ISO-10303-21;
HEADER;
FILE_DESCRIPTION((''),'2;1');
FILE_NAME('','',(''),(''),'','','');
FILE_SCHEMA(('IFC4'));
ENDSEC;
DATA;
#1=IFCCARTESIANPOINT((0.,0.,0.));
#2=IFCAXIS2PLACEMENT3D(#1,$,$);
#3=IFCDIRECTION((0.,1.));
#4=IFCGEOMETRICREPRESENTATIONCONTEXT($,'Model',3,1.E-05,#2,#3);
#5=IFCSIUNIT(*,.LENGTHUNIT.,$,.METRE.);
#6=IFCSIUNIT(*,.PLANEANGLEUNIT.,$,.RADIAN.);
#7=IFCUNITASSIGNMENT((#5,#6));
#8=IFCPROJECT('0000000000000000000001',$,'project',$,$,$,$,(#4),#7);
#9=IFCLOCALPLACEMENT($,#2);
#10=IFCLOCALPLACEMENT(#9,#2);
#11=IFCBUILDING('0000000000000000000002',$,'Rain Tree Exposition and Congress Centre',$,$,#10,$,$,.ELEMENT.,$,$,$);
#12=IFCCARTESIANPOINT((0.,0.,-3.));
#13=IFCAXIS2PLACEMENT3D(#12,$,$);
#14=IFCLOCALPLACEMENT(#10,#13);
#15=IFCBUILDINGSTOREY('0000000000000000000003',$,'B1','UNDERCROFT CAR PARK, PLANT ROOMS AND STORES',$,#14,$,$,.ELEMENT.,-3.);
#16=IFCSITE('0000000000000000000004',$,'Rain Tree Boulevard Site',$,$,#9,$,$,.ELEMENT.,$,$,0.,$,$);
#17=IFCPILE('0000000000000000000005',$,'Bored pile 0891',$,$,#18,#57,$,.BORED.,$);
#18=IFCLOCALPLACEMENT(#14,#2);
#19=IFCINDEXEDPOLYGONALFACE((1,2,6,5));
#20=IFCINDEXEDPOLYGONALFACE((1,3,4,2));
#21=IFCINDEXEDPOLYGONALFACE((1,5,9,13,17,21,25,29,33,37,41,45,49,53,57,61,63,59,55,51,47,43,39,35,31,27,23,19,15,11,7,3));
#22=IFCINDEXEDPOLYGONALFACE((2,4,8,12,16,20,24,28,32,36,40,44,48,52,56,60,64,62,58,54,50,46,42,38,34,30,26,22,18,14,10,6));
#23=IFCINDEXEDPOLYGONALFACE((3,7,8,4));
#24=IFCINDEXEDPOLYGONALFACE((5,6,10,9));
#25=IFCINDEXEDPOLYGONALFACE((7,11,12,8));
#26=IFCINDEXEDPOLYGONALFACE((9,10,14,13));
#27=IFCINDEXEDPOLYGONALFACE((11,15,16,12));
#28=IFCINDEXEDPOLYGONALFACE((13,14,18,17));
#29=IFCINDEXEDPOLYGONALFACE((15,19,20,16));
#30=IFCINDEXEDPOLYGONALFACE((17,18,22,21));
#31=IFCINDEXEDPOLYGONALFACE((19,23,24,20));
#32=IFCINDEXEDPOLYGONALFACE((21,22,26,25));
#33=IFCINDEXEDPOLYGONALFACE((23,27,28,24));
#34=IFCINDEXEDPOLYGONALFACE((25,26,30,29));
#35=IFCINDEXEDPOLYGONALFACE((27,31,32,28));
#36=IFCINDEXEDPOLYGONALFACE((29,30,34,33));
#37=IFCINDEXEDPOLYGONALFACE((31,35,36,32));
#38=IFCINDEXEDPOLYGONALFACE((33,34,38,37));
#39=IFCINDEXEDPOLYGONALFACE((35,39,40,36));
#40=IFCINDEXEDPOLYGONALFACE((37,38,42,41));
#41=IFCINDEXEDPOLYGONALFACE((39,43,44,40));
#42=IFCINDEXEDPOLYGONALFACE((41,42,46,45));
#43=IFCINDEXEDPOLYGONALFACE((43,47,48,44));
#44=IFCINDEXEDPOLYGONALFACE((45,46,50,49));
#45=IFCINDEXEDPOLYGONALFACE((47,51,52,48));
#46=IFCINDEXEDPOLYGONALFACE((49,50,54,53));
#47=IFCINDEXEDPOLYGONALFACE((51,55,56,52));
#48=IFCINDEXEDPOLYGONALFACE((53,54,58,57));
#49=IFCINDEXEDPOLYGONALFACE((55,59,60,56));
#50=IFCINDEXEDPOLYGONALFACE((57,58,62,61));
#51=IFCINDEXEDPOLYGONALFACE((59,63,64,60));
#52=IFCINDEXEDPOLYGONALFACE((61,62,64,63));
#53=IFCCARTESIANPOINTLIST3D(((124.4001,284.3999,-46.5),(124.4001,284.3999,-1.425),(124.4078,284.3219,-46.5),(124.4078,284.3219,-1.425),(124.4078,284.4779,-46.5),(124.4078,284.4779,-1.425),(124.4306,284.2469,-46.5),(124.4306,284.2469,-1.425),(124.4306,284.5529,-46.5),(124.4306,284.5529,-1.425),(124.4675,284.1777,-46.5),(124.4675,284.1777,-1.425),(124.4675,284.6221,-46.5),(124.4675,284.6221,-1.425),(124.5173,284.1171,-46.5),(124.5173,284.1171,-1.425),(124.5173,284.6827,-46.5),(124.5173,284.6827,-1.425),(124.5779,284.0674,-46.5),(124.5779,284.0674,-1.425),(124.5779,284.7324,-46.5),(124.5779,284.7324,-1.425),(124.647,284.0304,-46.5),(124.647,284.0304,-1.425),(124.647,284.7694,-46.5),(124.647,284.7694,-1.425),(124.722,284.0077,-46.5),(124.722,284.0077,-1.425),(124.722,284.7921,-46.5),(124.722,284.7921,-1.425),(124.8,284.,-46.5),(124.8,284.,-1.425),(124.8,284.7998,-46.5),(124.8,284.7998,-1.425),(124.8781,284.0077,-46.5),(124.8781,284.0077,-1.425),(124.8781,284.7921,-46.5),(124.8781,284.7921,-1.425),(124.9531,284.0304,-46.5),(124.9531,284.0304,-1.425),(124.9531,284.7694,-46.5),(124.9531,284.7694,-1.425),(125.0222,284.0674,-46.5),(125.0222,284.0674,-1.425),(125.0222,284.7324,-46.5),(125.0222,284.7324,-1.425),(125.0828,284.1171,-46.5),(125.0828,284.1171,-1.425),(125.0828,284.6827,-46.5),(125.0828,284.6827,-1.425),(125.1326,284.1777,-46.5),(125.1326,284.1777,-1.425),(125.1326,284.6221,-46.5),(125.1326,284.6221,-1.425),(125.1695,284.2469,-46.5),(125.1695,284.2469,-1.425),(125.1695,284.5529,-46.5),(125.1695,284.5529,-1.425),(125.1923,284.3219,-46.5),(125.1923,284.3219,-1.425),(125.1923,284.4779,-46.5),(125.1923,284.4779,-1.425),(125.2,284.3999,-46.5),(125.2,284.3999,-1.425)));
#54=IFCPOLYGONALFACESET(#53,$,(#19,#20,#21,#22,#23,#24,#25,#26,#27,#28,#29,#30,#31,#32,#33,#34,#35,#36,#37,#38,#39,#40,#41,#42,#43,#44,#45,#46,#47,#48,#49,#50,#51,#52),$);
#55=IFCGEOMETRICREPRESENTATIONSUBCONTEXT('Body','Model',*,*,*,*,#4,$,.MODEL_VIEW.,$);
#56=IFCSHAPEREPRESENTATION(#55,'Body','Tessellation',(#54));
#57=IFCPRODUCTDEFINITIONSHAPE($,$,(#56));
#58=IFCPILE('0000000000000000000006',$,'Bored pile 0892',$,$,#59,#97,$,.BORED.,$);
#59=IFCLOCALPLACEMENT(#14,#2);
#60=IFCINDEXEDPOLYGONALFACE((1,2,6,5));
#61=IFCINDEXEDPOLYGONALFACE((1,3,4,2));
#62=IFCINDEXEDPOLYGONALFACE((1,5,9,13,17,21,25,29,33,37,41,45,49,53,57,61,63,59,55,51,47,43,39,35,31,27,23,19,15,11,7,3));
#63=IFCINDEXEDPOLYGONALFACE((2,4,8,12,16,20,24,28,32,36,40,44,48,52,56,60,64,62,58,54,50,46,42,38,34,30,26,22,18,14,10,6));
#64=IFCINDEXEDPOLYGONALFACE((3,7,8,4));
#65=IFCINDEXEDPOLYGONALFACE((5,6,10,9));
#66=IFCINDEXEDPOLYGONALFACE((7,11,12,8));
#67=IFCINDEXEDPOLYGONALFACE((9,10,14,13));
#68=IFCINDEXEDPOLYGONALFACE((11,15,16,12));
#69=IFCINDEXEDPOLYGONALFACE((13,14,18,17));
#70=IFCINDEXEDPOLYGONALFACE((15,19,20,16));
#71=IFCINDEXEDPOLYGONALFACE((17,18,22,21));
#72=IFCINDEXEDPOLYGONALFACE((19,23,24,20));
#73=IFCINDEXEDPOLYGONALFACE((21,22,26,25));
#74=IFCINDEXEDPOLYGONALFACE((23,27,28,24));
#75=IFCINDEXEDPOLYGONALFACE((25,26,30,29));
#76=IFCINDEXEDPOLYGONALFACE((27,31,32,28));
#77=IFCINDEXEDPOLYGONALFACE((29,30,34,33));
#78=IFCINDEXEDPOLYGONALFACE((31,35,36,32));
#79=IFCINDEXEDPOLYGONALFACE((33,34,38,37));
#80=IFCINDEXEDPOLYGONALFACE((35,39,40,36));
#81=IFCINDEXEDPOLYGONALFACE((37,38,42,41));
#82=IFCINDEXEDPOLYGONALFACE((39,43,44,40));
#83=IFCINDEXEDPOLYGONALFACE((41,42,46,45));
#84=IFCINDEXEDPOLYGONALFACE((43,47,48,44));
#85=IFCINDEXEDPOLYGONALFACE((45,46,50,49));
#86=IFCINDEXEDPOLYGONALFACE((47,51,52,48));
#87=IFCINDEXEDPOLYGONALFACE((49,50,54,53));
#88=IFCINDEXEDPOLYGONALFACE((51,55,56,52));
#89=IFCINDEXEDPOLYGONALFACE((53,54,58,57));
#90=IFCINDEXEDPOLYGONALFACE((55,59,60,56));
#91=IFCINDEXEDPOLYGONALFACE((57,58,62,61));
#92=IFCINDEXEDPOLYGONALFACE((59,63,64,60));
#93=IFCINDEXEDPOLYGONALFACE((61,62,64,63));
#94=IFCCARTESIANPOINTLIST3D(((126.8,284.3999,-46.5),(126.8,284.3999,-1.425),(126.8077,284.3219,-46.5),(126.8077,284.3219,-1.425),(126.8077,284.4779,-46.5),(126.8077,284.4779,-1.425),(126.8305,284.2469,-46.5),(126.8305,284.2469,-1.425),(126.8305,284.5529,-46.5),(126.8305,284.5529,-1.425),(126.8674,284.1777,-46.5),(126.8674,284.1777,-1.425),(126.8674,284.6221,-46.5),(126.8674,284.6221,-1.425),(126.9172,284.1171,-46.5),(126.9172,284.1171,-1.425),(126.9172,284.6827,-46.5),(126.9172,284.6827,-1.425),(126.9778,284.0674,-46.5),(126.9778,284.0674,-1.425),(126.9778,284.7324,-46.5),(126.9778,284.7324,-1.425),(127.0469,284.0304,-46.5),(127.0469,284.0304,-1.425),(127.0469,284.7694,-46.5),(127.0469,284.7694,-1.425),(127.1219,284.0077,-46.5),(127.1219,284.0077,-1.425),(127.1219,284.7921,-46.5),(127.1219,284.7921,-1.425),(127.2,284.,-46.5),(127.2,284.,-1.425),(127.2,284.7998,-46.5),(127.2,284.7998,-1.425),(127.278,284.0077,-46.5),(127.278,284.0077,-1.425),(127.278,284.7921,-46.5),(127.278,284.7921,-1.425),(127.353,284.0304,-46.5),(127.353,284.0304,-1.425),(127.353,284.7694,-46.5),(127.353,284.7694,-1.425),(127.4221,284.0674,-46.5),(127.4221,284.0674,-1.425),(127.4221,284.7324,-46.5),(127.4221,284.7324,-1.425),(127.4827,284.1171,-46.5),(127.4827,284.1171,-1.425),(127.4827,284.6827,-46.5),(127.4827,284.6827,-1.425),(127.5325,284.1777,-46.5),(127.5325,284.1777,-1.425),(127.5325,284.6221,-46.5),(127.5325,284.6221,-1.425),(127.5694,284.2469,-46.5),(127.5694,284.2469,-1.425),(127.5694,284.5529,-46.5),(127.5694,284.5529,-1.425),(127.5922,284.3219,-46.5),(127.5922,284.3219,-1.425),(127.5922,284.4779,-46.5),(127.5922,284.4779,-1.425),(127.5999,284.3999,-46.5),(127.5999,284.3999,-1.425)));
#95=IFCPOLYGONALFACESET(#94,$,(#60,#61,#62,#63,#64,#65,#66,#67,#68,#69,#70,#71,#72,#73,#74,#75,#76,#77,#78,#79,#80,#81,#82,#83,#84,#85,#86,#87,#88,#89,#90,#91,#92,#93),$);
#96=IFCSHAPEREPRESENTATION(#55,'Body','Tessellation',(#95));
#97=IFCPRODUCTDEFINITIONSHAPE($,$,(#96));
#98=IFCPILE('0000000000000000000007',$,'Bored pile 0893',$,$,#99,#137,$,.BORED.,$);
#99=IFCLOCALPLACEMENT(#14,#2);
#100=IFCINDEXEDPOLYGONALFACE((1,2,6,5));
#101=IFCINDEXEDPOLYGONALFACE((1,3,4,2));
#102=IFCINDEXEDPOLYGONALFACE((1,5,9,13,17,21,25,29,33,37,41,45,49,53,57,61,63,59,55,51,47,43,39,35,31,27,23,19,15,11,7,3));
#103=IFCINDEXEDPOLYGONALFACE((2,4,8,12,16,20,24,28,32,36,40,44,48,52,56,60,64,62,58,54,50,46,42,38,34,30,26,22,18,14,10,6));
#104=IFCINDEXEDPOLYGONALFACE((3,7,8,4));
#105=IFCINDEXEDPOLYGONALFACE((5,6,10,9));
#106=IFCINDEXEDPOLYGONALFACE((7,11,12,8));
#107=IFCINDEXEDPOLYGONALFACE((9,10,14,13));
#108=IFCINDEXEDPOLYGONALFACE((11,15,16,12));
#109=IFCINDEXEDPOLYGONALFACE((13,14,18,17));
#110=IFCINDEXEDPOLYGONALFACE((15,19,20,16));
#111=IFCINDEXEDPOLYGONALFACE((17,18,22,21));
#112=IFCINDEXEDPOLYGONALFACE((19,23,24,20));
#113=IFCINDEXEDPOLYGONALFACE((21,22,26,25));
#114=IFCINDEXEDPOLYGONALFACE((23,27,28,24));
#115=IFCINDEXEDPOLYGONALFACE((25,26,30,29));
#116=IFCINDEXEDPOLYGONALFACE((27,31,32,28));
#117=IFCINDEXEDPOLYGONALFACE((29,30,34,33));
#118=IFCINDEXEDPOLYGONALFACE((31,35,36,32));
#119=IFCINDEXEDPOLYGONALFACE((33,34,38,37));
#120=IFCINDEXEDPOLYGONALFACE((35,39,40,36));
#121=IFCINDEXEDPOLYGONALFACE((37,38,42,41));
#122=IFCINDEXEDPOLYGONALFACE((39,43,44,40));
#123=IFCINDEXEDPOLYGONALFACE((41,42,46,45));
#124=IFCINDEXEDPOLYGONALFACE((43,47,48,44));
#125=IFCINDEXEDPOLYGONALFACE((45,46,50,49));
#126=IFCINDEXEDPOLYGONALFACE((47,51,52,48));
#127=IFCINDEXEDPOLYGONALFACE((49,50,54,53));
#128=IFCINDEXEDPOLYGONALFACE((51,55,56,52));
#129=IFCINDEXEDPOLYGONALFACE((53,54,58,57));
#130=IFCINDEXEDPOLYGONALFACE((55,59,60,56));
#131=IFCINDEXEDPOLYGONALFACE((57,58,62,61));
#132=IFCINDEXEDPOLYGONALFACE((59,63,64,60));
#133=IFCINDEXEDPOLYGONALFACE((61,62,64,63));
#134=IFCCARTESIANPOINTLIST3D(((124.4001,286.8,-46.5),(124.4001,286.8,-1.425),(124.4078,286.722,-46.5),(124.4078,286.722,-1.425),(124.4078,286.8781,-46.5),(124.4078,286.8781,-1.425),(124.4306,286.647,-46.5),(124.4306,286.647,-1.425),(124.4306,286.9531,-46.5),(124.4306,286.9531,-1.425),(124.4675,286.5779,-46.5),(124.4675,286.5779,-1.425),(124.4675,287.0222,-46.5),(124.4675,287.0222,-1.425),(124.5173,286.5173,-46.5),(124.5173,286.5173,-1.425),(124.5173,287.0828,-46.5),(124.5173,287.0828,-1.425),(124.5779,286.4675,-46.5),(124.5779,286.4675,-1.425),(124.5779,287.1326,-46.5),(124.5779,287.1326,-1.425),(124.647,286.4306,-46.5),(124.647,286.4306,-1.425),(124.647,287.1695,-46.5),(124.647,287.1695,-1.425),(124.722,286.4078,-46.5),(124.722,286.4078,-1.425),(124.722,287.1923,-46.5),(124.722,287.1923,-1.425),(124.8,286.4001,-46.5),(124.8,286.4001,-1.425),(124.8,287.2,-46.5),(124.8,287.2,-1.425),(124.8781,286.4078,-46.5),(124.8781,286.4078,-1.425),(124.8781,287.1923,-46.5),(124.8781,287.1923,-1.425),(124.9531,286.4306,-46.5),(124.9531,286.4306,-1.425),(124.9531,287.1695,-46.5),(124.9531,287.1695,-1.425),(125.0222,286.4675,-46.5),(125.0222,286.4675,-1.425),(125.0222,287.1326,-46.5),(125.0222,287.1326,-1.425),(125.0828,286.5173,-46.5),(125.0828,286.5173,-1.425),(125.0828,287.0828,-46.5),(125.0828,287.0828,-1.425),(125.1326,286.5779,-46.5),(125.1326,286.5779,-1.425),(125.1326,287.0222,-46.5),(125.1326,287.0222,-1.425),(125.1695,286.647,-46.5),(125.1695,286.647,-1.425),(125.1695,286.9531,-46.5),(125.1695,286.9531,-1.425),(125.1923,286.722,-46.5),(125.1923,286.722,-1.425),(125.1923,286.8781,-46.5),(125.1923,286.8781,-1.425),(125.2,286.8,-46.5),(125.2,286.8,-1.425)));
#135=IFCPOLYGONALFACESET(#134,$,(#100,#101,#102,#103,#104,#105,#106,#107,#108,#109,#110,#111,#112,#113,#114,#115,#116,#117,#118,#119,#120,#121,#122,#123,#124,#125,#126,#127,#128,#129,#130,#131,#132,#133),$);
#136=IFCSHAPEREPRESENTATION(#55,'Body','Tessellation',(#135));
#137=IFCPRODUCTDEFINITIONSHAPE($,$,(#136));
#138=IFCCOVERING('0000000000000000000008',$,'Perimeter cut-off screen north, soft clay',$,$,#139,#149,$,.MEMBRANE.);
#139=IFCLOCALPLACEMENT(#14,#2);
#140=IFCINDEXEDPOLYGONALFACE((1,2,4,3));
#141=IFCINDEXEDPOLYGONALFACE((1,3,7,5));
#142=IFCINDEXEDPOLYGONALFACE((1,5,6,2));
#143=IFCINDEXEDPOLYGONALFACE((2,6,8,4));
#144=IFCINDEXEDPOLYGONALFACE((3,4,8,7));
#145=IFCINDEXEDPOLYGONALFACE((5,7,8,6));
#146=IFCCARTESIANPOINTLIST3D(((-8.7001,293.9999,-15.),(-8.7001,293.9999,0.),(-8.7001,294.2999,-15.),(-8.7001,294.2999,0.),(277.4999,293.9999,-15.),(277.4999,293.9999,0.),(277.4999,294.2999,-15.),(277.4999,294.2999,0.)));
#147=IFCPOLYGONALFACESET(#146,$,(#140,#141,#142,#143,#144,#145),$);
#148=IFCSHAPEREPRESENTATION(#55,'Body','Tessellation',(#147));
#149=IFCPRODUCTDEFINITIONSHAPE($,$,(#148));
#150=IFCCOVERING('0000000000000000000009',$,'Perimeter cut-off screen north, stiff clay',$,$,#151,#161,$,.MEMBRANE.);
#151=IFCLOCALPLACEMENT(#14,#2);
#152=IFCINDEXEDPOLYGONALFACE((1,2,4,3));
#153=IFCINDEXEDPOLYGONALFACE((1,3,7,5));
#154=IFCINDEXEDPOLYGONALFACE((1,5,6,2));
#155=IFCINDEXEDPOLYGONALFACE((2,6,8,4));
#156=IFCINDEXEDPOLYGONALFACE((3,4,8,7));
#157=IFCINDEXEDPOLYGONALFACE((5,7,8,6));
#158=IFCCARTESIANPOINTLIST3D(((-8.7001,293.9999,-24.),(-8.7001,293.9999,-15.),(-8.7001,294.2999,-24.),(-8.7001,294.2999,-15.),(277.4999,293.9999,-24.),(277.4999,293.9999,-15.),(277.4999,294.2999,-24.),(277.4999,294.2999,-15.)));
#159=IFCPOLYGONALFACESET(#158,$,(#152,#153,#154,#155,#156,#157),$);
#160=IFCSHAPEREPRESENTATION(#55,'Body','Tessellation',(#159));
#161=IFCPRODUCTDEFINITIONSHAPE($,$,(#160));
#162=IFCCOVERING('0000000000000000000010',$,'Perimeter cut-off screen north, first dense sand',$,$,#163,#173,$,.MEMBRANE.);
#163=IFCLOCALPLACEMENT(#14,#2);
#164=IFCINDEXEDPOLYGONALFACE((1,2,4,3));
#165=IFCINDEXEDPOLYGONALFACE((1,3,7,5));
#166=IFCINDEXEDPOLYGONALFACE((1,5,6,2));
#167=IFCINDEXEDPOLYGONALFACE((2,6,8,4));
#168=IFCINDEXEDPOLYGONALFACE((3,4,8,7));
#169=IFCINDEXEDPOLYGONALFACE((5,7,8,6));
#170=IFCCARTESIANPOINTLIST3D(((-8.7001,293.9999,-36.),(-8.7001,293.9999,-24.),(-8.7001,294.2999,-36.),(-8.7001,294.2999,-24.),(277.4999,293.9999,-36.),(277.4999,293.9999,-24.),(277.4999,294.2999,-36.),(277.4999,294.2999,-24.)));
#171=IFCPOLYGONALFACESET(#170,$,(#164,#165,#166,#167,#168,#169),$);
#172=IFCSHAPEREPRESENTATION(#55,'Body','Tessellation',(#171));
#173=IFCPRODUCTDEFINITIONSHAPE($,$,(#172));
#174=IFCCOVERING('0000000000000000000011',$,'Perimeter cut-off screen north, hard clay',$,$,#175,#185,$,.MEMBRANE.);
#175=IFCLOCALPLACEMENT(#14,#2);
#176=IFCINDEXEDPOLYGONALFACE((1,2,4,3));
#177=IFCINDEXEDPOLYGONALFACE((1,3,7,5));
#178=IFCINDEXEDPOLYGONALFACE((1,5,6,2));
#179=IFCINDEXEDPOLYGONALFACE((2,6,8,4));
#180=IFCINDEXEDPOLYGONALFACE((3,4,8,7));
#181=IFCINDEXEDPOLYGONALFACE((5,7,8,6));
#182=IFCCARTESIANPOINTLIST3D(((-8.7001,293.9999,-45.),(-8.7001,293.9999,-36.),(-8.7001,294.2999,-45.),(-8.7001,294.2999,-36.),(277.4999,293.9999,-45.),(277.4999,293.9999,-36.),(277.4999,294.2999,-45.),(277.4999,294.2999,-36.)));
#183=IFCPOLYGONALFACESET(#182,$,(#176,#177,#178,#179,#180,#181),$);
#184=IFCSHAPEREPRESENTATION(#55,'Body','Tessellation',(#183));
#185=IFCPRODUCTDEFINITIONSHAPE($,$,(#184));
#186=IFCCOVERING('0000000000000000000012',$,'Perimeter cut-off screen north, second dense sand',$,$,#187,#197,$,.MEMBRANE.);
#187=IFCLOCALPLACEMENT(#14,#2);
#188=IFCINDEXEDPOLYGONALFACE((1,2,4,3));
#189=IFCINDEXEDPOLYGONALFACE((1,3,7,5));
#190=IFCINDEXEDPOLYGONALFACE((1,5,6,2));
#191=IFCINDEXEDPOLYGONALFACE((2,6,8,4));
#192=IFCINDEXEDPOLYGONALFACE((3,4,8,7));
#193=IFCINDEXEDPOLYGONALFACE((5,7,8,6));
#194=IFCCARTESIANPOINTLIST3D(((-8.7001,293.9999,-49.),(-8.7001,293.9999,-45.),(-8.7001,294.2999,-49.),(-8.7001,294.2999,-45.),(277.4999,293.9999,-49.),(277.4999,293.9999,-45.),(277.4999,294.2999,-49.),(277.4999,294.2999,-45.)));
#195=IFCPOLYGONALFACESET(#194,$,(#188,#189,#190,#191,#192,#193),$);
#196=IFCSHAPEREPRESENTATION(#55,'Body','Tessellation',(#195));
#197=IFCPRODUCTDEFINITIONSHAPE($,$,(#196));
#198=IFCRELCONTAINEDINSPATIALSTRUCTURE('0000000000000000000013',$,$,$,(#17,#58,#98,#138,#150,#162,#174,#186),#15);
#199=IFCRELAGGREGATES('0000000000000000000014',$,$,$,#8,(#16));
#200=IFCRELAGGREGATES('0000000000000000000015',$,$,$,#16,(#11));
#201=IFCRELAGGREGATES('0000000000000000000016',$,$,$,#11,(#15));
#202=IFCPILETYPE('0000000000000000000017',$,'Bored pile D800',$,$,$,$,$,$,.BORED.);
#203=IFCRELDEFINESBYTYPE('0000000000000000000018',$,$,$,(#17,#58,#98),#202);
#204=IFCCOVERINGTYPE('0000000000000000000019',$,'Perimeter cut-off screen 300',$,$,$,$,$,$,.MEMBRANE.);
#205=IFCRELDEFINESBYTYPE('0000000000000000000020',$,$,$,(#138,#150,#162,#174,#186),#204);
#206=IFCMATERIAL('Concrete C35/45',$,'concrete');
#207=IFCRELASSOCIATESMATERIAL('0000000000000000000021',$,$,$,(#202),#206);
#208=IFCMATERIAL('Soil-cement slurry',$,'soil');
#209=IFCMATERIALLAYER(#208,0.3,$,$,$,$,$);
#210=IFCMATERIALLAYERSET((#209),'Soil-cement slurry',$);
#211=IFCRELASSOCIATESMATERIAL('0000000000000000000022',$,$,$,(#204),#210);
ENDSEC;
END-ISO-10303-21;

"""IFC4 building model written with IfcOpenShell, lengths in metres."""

from ifc_helpers import new_model, si_unit, direction, frame, origin, origin_2d, place, context, subcontext, project, spatial, rectangle, circle, extrude, material, layer, layer_set, material_profile, profile_set, type_object, element, save


model = new_model("IFC4")

# Units and contexts
model_context = context("Model", 3, precision=1e-05, world=origin(), true_north=direction((0.0, 1.0)))
body_context = subcontext(model_context, "Body", "Model", "MODEL_VIEW")
ifc_project = project(units=[si_unit("LENGTHUNIT", "METRE"), si_unit("PLANEANGLEUNIT", "RADIAN")], contexts=[model_context])

# Site, building, storey
site_placement = place(None, origin())
site = spatial("IfcSite", under=ifc_project, at=site_placement, Name="Rain Tree Boulevard Site", CompositionType="ELEMENT", RefElevation=0.0)
building_placement = place(site_placement, origin())
building = spatial("IfcBuilding", under=site, at=building_placement, Name="Rain Tree Exposition and Congress Centre", CompositionType="ELEMENT")
storey_placement = place(building_placement, frame((0.0, 0.0, -3.0)))
storey = spatial("IfcBuildingStorey", under=building, at=storey_placement, Name="B1", Description="UNDERCROFT CAR PARK, PLANT ROOMS AND STORES", CompositionType="ELEMENT", Elevation=-3.0)

# Piles
ifc_material_1 = material(Name="Concrete C35/45", Category="concrete")
ifc_material_profile_1 = material_profile(ifc_material_1, circle(Radius=0.3999, at=origin_2d()), Name="D800")
ifc_profile_set_1 = profile_set([ifc_material_profile_1], Name="Concrete C35/45")
pile_type_1 = type_object("IfcPileType", Name="Bored pile D800", PredefinedType="BORED", material=ifc_profile_set_1)
for number, where, z_axis, x_axis, name in (
    (1, (124.8, 284.3999, -1.425), (0.0, 0.0, -1.0), (1.0, 0.0, 0.0), "Bored pile 0891"),
    (2, (127.2, 284.3999, -1.425), (0.0, 0.0, -1.0), (1.0, 0.0, 0.0), "Bored pile 0892"),
    (3, (124.8, 286.8, -1.425), (0.0, 0.0, -1.0), (1.0, 0.0, 0.0), "Bored pile 0893"),
):
    element("IfcPile", number, at=place(storey_placement, frame(where, z_axis=z_axis, x_axis=x_axis)), inside=storey, type_object=pile_type_1, Name=name, PredefinedType="BORED", context=body_context, shape_type="SweptSolid", body=[
        extrude(circle(Radius=0.3999, at=origin_2d()), origin(), (0.0, 0.0, 1.0), 45.075),
    ])

# Coverings
ifc_material_2 = material(Name="Soil-cement slurry", Category="soil")
ifc_layer = layer(ifc_material_2, 0.3)
ifc_layer_set = layer_set([ifc_layer], Name="Soil-cement slurry")
covering_type = type_object("IfcCoveringType", Name="Perimeter cut-off screen 300", PredefinedType="MEMBRANE", material=ifc_layer_set)
covering_1_placement = place(storey_placement, frame((134.3999, 294.1499, -15.0), z_axis=(0.0, 0.0, 1.0), x_axis=(1.0, 0.0, 0.0)))
element("IfcCovering", 4, at=covering_1_placement, inside=storey, type_object=covering_type, Name="Perimeter cut-off screen north, soft clay", PredefinedType="MEMBRANE", context=body_context, shape_type="SweptSolid", body=[
    extrude(rectangle(XDim=286.2, YDim=0.3, at=origin_2d()), origin(), (0.0, 0.0, 1.0), 15.0),
])
covering_2_placement = place(storey_placement, frame((134.3999, 294.1499, -24.0), z_axis=(0.0, 0.0, 1.0), x_axis=(1.0, 0.0, 0.0)))
element("IfcCovering", 5, at=covering_2_placement, inside=storey, type_object=covering_type, Name="Perimeter cut-off screen north, stiff clay", PredefinedType="MEMBRANE", context=body_context, shape_type="SweptSolid", body=[
    extrude(rectangle(XDim=286.2, YDim=0.3, at=origin_2d()), origin(), (0.0, 0.0, 1.0), 9.0),
])
covering_3_placement = place(storey_placement, frame((134.3999, 294.1499, -36.0), z_axis=(0.0, 0.0, 1.0), x_axis=(1.0, 0.0, 0.0)))
element("IfcCovering", 6, at=covering_3_placement, inside=storey, type_object=covering_type, Name="Perimeter cut-off screen north, first dense sand", PredefinedType="MEMBRANE", context=body_context, shape_type="SweptSolid", body=[
    extrude(rectangle(XDim=286.2, YDim=0.3, at=origin_2d()), origin(), (0.0, 0.0, 1.0), 12.0),
])
covering_4_placement = place(storey_placement, frame((134.3999, 294.1499, -45.0), z_axis=(0.0, 0.0, 1.0), x_axis=(1.0, 0.0, 0.0)))
element("IfcCovering", 7, at=covering_4_placement, inside=storey, type_object=covering_type, Name="Perimeter cut-off screen north, hard clay", PredefinedType="MEMBRANE", context=body_context, shape_type="SweptSolid", body=[
    extrude(rectangle(XDim=286.2, YDim=0.3, at=origin_2d()), origin(), (0.0, 0.0, 1.0), 9.0),
])
covering_5_placement = place(storey_placement, frame((134.3999, 294.1499, -49.0), z_axis=(0.0, 0.0, 1.0), x_axis=(1.0, 0.0, 0.0)))
element("IfcCovering", 8, at=covering_5_placement, inside=storey, type_object=covering_type, Name="Perimeter cut-off screen north, second dense sand", PredefinedType="MEMBRANE", context=body_context, shape_type="SweptSolid", body=[
    extrude(rectangle(XDim=286.2, YDim=0.3, at=origin_2d()), origin(), (0.0, 0.0, 1.0), 4.0),
])

save(model, "model.ifc")
